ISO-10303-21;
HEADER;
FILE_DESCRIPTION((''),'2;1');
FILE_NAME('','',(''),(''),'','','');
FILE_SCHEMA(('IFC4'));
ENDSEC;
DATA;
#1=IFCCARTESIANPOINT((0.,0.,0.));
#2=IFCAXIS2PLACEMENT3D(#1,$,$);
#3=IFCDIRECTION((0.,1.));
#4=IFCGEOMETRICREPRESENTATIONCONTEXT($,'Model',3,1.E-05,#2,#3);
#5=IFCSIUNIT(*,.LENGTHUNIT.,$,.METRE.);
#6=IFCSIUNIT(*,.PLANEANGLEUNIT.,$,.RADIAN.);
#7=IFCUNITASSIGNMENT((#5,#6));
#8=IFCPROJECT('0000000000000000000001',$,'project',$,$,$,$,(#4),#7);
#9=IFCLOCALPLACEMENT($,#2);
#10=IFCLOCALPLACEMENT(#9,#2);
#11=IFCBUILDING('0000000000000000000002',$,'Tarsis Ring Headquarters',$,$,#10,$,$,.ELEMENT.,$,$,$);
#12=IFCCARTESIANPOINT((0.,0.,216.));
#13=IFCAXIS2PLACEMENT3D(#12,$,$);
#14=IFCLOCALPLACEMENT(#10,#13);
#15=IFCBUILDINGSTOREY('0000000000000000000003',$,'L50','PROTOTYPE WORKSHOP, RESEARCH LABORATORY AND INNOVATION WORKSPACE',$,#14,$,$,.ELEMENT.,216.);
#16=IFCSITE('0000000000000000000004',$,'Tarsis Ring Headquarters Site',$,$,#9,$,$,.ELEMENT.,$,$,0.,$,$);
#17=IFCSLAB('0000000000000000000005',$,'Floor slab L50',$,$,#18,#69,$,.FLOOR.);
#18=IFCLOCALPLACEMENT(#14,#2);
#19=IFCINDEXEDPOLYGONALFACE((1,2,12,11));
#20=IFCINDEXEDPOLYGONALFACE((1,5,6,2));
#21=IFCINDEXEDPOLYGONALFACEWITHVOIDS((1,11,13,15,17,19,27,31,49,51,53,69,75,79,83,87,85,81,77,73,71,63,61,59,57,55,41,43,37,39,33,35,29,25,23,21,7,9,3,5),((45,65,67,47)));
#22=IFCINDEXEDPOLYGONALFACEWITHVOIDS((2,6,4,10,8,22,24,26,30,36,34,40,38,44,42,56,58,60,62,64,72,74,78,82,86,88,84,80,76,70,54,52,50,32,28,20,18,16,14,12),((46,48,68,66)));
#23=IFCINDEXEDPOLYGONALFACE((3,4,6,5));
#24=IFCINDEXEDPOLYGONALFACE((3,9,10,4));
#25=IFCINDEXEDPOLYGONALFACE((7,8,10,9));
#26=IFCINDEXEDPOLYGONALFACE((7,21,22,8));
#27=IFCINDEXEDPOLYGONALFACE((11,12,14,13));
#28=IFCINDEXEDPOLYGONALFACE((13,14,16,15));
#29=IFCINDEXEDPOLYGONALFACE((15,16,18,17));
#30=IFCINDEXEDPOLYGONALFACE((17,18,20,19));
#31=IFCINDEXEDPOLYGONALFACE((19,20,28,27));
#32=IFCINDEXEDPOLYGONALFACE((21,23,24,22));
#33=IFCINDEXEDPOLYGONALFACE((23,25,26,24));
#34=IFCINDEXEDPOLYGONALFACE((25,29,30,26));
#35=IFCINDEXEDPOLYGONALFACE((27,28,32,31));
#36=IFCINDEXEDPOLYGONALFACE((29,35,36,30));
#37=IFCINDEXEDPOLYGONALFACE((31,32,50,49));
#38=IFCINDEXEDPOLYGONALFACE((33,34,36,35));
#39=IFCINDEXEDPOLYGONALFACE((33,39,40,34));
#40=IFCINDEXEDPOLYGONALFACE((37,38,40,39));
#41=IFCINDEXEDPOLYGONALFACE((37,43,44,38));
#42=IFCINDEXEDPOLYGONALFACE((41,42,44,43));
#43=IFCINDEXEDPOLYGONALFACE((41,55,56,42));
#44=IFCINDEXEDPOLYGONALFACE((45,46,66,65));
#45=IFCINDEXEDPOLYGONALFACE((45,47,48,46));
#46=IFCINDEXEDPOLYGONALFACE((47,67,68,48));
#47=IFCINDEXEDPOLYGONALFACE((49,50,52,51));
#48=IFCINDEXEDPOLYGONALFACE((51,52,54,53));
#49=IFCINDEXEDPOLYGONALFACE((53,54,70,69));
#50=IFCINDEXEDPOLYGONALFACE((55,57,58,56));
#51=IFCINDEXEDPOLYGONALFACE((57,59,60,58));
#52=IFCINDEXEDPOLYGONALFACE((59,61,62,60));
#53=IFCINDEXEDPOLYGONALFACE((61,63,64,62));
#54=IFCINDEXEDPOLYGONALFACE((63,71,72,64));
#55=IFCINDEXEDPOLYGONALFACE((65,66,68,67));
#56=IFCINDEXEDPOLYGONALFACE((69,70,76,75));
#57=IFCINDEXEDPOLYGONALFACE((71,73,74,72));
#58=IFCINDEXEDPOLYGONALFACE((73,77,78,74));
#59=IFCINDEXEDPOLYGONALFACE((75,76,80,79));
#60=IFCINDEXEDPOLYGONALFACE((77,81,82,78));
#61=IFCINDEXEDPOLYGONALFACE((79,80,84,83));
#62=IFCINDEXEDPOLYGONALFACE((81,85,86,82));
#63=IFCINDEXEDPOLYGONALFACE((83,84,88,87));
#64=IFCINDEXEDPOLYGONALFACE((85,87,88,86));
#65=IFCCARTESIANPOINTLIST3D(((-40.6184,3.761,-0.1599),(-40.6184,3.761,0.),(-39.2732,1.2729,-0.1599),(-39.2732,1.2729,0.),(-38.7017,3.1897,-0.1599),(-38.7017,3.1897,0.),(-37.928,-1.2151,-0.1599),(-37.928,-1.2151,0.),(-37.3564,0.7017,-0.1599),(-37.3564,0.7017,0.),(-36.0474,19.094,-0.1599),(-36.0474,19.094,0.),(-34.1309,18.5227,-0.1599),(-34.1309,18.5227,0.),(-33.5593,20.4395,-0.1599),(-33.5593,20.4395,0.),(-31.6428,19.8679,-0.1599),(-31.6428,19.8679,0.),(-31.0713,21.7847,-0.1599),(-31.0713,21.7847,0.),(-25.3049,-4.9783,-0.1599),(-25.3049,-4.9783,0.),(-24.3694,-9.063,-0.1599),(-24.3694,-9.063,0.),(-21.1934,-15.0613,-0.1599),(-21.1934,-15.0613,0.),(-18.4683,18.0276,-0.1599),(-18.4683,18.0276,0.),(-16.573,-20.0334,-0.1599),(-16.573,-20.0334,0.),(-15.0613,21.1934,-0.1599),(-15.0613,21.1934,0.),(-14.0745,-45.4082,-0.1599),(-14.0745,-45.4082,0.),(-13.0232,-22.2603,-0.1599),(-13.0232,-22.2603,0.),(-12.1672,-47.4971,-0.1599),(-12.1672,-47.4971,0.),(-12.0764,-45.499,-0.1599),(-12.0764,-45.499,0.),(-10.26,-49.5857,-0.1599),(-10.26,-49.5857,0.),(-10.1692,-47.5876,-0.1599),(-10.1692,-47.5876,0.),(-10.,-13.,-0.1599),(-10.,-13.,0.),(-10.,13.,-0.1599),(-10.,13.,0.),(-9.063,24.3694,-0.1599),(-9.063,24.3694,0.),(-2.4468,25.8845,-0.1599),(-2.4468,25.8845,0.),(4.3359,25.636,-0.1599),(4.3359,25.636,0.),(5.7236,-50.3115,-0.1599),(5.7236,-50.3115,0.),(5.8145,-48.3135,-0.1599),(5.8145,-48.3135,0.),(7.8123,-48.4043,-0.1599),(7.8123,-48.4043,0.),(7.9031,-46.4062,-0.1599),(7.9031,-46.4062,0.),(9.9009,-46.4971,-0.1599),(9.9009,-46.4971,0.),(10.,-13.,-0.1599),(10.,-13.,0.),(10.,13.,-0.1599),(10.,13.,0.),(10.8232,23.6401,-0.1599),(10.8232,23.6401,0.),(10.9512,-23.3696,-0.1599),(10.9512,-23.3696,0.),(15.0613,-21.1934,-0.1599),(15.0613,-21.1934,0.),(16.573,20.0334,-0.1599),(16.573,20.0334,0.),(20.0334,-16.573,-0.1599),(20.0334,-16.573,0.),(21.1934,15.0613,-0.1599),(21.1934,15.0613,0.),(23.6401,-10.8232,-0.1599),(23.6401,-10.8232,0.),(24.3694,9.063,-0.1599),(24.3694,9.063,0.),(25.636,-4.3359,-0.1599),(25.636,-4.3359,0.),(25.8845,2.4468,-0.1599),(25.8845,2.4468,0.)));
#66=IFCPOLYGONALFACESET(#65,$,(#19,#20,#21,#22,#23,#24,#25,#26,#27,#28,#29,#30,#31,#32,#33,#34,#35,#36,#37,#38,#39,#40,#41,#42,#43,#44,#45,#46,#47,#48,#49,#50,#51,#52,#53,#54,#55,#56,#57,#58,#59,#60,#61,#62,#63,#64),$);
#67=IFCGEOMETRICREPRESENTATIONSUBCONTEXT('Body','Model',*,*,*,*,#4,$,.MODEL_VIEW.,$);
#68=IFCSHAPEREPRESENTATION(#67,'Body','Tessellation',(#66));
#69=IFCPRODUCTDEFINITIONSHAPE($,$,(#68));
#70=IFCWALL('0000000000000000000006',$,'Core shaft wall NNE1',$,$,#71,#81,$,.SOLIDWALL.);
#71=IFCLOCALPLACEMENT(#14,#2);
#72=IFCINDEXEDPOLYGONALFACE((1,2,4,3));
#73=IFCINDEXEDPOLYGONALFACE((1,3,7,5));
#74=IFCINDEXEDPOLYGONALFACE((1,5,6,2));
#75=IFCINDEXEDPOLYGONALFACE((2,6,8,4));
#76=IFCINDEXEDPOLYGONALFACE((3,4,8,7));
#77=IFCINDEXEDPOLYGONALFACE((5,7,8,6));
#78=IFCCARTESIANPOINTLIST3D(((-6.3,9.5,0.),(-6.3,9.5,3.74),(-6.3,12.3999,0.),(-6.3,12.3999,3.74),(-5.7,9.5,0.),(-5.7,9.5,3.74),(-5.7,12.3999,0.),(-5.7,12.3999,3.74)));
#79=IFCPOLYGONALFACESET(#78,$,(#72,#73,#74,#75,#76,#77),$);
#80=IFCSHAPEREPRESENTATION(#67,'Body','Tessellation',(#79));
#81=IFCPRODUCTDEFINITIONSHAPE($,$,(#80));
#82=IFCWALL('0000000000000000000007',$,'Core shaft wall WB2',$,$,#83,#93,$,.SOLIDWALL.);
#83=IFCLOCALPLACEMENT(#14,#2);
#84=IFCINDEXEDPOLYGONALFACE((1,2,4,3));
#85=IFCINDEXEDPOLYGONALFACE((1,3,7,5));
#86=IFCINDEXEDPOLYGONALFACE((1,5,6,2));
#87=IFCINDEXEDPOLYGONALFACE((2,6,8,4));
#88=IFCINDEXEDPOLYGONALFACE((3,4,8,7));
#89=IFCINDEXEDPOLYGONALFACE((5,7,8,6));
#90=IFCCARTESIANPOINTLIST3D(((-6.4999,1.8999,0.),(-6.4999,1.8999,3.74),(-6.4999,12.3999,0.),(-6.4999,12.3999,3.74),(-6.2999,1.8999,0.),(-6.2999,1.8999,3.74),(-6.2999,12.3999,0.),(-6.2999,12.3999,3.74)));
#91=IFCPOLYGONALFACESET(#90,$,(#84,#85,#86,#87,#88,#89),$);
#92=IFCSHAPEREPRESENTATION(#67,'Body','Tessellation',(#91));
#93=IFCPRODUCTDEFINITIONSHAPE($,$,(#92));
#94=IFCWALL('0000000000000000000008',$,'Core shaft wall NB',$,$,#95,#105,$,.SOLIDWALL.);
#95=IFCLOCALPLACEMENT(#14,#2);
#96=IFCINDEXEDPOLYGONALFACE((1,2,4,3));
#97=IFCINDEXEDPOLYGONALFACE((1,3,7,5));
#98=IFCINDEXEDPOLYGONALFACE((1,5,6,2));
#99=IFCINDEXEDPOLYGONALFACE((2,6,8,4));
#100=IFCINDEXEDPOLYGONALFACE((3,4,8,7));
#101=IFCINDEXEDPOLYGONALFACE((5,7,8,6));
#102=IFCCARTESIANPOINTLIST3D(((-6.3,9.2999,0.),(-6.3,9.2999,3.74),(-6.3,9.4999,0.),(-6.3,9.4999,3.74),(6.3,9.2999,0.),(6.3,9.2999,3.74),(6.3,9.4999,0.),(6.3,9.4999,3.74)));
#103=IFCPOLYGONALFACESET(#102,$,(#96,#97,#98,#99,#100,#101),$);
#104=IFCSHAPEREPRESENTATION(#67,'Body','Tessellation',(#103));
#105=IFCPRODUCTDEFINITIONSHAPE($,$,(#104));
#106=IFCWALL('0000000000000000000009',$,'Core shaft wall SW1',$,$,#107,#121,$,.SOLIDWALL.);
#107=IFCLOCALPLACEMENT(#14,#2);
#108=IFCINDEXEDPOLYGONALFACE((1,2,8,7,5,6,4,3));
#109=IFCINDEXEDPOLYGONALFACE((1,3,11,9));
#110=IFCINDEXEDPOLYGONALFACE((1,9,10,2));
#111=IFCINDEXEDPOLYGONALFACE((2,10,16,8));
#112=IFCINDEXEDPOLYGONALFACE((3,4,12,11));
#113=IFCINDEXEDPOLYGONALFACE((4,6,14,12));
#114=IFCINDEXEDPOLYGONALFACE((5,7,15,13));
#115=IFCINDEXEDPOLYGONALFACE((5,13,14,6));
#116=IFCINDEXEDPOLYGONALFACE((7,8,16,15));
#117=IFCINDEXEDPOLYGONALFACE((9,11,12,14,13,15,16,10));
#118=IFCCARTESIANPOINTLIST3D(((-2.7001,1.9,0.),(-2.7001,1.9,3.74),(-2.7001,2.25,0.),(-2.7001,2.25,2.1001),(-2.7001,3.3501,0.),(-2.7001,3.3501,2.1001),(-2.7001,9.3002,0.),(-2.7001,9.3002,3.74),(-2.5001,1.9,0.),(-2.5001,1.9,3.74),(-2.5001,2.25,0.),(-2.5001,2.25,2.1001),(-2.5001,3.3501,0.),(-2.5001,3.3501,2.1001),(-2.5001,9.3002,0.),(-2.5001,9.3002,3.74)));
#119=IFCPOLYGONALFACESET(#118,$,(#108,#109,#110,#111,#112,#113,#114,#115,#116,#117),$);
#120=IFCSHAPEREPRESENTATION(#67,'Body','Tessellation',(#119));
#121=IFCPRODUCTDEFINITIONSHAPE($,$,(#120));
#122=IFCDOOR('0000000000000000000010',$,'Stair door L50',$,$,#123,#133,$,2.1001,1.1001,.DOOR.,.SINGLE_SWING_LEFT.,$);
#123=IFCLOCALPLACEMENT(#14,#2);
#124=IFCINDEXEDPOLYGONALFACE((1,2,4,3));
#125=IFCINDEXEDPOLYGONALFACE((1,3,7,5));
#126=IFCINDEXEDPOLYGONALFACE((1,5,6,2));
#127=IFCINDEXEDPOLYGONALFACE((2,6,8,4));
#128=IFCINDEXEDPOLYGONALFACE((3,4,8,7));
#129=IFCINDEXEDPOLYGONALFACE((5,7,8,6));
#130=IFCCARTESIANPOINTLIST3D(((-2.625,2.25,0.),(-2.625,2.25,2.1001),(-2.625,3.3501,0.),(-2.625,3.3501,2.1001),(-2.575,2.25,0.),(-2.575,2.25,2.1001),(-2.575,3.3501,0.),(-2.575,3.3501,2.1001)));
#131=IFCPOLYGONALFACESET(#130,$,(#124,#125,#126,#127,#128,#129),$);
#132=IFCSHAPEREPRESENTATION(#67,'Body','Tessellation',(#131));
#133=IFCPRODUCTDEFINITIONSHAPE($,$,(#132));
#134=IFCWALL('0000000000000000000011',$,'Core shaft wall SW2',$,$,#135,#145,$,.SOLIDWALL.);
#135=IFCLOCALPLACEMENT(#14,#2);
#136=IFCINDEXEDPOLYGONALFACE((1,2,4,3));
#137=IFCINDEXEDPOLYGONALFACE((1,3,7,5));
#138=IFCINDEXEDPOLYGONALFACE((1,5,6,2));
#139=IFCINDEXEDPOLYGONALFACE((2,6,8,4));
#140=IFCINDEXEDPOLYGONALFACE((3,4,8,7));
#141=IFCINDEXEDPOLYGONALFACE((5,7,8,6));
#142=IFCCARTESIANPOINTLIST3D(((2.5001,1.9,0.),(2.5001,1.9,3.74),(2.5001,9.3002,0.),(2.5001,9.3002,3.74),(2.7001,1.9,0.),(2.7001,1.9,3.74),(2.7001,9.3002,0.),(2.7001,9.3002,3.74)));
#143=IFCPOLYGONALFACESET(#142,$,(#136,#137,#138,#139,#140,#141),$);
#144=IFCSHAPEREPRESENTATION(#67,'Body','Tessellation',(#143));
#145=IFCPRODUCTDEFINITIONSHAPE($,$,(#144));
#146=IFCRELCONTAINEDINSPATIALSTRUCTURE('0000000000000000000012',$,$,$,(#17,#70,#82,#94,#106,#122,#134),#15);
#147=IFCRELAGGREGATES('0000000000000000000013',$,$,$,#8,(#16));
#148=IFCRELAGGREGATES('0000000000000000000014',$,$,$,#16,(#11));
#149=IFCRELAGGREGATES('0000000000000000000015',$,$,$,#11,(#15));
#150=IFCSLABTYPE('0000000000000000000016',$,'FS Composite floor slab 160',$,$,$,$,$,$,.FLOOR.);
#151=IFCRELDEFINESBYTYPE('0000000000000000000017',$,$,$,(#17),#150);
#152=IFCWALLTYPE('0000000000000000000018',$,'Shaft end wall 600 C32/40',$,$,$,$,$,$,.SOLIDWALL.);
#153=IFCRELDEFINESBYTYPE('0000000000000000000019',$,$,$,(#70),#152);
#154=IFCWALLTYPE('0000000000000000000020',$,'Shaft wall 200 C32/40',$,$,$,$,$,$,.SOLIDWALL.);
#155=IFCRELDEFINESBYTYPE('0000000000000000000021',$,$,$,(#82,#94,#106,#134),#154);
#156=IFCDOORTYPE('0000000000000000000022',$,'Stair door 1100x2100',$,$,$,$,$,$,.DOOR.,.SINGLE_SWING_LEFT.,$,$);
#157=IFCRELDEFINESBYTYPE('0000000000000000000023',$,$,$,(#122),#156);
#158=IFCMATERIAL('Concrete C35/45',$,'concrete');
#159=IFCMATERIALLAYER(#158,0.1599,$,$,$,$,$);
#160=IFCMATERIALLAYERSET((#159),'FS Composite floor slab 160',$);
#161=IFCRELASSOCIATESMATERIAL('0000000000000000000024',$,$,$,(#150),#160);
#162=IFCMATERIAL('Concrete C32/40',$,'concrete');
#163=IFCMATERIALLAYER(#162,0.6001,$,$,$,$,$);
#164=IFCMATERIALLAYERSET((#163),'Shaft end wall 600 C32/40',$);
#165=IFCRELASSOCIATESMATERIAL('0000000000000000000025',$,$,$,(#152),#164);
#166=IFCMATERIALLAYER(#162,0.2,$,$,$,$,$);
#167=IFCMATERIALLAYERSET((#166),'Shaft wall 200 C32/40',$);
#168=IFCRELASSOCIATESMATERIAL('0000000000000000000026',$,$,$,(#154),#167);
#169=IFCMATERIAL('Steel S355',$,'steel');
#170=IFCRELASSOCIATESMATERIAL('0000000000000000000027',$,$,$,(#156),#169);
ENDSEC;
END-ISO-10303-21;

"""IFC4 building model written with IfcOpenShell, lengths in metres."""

from ifc_helpers import new_model, si_unit, direction, frame, frame_2d, origin, place, context, subcontext, project, spatial, polyline, rectangle, outline, extrude, material, layer, layer_set, type_object, element, fill, save


model = new_model("IFC4")

# Units and contexts
model_context = context("Model", 3, precision=1e-05, world=origin(), true_north=direction((0.0, 1.0)))
body_context = subcontext(model_context, "Body", "Model", "MODEL_VIEW")
ifc_project = project(units=[si_unit("LENGTHUNIT", "METRE"), si_unit("PLANEANGLEUNIT", "RADIAN")], contexts=[model_context])

# Site, building, storey
site_placement = place(None, origin())
site = spatial("IfcSite", under=ifc_project, at=site_placement, Name="Tarsis Ring Headquarters Site", CompositionType="ELEMENT", RefElevation=0.0)
building_placement = place(site_placement, origin())
building = spatial("IfcBuilding", under=site, at=building_placement, Name="Tarsis Ring Headquarters", CompositionType="ELEMENT")
storey_placement = place(building_placement, frame((0.0, 0.0, 216.0)))
storey = spatial("IfcBuildingStorey", under=building, at=storey_placement, Name="L50", Description="PROTOTYPE WORKSHOP, RESEARCH LABORATORY AND INNOVATION WORKSPACE", CompositionType="ELEMENT", Elevation=216.0)

# Slab
ifc_material_1 = material(Name="Concrete C35/45", Category="concrete")
ifc_layer_1 = layer(ifc_material_1, 0.1599)
ifc_layer_set_1 = layer_set([ifc_layer_1], Name="FS Composite floor slab 160")
slab_type_1 = type_object("IfcSlabType", Name="FS Composite floor slab 160", PredefinedType="FLOOR", material=ifc_layer_set_1)
slab_1_placement = place(storey_placement, frame((0.0, 0.0, -0.1599)))
element("IfcSlab", 1, at=slab_1_placement, inside=storey, type_object=slab_type_1, Name="Floor slab L50", PredefinedType="FLOOR", context=body_context, shape_type="SweptSolid", body=[
    extrude(outline(polyline([(-25.3049, -4.9783), (-24.3694, -9.063), (-21.1934, -15.0613), (-16.573, -20.0334), (-13.0232, -22.2603), (-14.0745, -45.4082), (-12.0764, -45.499), (-12.1672, -47.4971), (-10.1692, -47.5876), (-10.26, -49.5857), (5.7236, -50.3115), (5.8145, -48.3135), (7.8123, -48.4043), (7.9031, -46.4062), (9.9009, -46.4971), (10.9512, -23.3696), (15.0613, -21.1934), (20.0334, -16.573), (23.6401, -10.8232), (25.636, -4.3359), (25.8845, 2.4468), (24.3694, 9.063), (21.1934, 15.0613), (16.573, 20.0334), (10.8232, 23.6401), (4.3359, 25.636), (-2.4468, 25.8845), (-9.063, 24.3694), (-15.0613, 21.1934), (-18.4683, 18.0276), (-31.0713, 21.7847), (-31.6428, 19.8679), (-33.5593, 20.4395), (-34.1309, 18.5227), (-36.0474, 19.094), (-40.6184, 3.761), (-38.7017, 3.1897), (-39.2732, 1.2729), (-37.3564, 0.7017), (-37.928, -1.2151), (-25.3049, -4.9783)]), holes=[polyline([(-10.0, -13.0), (-10.0, 13.0), (10.0, 13.0), (10.0, -13.0), (-10.0, -13.0)])]), origin(), (0.0, 0.0, 1.0), 0.1599),
])

# Walls
ifc_material_2 = material(Name="Concrete C32/40", Category="concrete")
ifc_layer_2 = layer(ifc_material_2, 0.6001)
ifc_layer_set_2 = layer_set([ifc_layer_2], Name="Shaft end wall 600 C32/40")
wall_type_1 = type_object("IfcWallType", Name="Shaft end wall 600 C32/40", PredefinedType="SOLIDWALL", material=ifc_layer_set_2)
wall_1_placement = place(storey_placement, frame((-6.0, 9.5, 0.0), z_axis=(0.0, 0.0, 1.0), x_axis=(0.0, 1.0, 0.0)))
element("IfcWall", 2, at=wall_1_placement, inside=storey, type_object=wall_type_1, Name="Core shaft wall NNE1", PredefinedType="SOLIDWALL", context=body_context, shape_type="SweptSolid", body=[
    extrude(rectangle(XDim=2.8999, YDim=0.6001, at=frame_2d((1.45, 0.0))), origin(), (0.0, 0.0, 1.0), 3.74),
])
ifc_layer_3 = layer(ifc_material_2, 0.2)
ifc_layer_set_3 = layer_set([ifc_layer_3], Name="Shaft wall 200 C32/40")
wall_type_2 = type_object("IfcWallType", Name="Shaft wall 200 C32/40", PredefinedType="SOLIDWALL", material=ifc_layer_set_3)
wall_2_placement = place(storey_placement, frame((-6.3999, 1.8999, 0.0), z_axis=(0.0, 0.0, 1.0), x_axis=(0.0, 1.0, 0.0)))
element("IfcWall", 3, at=wall_2_placement, inside=storey, type_object=wall_type_2, Name="Core shaft wall WB2", PredefinedType="SOLIDWALL", context=body_context, shape_type="SweptSolid", body=[
    extrude(rectangle(XDim=10.5, YDim=0.2, at=frame_2d((5.25, 0.0))), origin(), (0.0, 0.0, 1.0), 3.74),
])
wall_3_placement = place(storey_placement, frame((-6.3, 9.3999, 0.0), z_axis=(0.0, 0.0, 1.0), x_axis=(1.0, 0.0, 0.0)))
element("IfcWall", 4, at=wall_3_placement, inside=storey, type_object=wall_type_2, Name="Core shaft wall NB", PredefinedType="SOLIDWALL", context=body_context, shape_type="SweptSolid", body=[
    extrude(rectangle(XDim=12.6001, YDim=0.2, at=frame_2d((6.3, 0.0))), origin(), (0.0, 0.0, 1.0), 3.74),
])

# Wall, opening, door
wall_4_placement = place(storey_placement, frame((-2.6001, 1.8999, 0.0), z_axis=(0.0, 0.0, 1.0), x_axis=(0.0, 1.0, 0.0)))
wall_4 = element("IfcWall", 5, at=wall_4_placement, inside=storey, type_object=wall_type_2, Name="Core shaft wall SW1", PredefinedType="SOLIDWALL", context=body_context, shape_type="SweptSolid", body=[
    extrude(rectangle(XDim=7.4001, YDim=0.2, at=frame_2d((3.7002, 0.0))), origin(), (0.0, 0.0, 1.0), 3.74),
])
opening_1_placement = place(wall_4_placement, frame((0.3501, 0.0, 0.0)))
opening_1 = element("IfcOpeningElement", 6, at=opening_1_placement, cuts=wall_4, PredefinedType="OPENING", context=body_context, shape_type="SweptSolid", body=[
    extrude(rectangle(XDim=1.1001, YDim=2.1001, at=frame_2d((0.55, 1.05))), frame((0.0, 0.1099, 0.0), z_axis=(0.0, -1.0, 0.0), x_axis=(1.0, 0.0, 0.0)), (0.0, 0.0, 1.0), 0.22),
])
ifc_material_3 = material(Name="Steel S355", Category="steel")
door_type_1 = type_object("IfcDoorType", Name="Stair door 1100x2100", OperationType="SINGLE_SWING_LEFT", PredefinedType="DOOR", material=ifc_material_3)
door_1_placement = place(opening_1_placement, origin())
door_1 = element("IfcDoor", 7, at=door_1_placement, inside=storey, type_object=door_type_1, Name="Stair door L50", OperationType="SINGLE_SWING_LEFT", OverallHeight=2.1001, OverallWidth=1.1001, PredefinedType="DOOR", context=body_context, shape_type="SweptSolid", body=[
    extrude(rectangle(XDim=1.1001, YDim=2.1001, at=frame_2d((0.55, 1.05))), frame((0.0, 0.0249, 0.0), z_axis=(0.0, -1.0, 0.0), x_axis=(1.0, 0.0, 0.0)), (0.0, 0.0, 1.0), 0.05),
])
fill(opening_1, door_1)

# Wall
wall_5_placement = place(storey_placement, frame((2.6001, 1.8999, 0.0), z_axis=(0.0, 0.0, 1.0), x_axis=(0.0, 1.0, 0.0)))
element("IfcWall", 8, at=wall_5_placement, inside=storey, type_object=wall_type_2, Name="Core shaft wall SW2", PredefinedType="SOLIDWALL", context=body_context, shape_type="SweptSolid", body=[
    extrude(rectangle(XDim=7.4001, YDim=0.2, at=frame_2d((3.7002, 0.0))), origin(), (0.0, 0.0, 1.0), 3.74),
])

save(model, "model.ifc")
